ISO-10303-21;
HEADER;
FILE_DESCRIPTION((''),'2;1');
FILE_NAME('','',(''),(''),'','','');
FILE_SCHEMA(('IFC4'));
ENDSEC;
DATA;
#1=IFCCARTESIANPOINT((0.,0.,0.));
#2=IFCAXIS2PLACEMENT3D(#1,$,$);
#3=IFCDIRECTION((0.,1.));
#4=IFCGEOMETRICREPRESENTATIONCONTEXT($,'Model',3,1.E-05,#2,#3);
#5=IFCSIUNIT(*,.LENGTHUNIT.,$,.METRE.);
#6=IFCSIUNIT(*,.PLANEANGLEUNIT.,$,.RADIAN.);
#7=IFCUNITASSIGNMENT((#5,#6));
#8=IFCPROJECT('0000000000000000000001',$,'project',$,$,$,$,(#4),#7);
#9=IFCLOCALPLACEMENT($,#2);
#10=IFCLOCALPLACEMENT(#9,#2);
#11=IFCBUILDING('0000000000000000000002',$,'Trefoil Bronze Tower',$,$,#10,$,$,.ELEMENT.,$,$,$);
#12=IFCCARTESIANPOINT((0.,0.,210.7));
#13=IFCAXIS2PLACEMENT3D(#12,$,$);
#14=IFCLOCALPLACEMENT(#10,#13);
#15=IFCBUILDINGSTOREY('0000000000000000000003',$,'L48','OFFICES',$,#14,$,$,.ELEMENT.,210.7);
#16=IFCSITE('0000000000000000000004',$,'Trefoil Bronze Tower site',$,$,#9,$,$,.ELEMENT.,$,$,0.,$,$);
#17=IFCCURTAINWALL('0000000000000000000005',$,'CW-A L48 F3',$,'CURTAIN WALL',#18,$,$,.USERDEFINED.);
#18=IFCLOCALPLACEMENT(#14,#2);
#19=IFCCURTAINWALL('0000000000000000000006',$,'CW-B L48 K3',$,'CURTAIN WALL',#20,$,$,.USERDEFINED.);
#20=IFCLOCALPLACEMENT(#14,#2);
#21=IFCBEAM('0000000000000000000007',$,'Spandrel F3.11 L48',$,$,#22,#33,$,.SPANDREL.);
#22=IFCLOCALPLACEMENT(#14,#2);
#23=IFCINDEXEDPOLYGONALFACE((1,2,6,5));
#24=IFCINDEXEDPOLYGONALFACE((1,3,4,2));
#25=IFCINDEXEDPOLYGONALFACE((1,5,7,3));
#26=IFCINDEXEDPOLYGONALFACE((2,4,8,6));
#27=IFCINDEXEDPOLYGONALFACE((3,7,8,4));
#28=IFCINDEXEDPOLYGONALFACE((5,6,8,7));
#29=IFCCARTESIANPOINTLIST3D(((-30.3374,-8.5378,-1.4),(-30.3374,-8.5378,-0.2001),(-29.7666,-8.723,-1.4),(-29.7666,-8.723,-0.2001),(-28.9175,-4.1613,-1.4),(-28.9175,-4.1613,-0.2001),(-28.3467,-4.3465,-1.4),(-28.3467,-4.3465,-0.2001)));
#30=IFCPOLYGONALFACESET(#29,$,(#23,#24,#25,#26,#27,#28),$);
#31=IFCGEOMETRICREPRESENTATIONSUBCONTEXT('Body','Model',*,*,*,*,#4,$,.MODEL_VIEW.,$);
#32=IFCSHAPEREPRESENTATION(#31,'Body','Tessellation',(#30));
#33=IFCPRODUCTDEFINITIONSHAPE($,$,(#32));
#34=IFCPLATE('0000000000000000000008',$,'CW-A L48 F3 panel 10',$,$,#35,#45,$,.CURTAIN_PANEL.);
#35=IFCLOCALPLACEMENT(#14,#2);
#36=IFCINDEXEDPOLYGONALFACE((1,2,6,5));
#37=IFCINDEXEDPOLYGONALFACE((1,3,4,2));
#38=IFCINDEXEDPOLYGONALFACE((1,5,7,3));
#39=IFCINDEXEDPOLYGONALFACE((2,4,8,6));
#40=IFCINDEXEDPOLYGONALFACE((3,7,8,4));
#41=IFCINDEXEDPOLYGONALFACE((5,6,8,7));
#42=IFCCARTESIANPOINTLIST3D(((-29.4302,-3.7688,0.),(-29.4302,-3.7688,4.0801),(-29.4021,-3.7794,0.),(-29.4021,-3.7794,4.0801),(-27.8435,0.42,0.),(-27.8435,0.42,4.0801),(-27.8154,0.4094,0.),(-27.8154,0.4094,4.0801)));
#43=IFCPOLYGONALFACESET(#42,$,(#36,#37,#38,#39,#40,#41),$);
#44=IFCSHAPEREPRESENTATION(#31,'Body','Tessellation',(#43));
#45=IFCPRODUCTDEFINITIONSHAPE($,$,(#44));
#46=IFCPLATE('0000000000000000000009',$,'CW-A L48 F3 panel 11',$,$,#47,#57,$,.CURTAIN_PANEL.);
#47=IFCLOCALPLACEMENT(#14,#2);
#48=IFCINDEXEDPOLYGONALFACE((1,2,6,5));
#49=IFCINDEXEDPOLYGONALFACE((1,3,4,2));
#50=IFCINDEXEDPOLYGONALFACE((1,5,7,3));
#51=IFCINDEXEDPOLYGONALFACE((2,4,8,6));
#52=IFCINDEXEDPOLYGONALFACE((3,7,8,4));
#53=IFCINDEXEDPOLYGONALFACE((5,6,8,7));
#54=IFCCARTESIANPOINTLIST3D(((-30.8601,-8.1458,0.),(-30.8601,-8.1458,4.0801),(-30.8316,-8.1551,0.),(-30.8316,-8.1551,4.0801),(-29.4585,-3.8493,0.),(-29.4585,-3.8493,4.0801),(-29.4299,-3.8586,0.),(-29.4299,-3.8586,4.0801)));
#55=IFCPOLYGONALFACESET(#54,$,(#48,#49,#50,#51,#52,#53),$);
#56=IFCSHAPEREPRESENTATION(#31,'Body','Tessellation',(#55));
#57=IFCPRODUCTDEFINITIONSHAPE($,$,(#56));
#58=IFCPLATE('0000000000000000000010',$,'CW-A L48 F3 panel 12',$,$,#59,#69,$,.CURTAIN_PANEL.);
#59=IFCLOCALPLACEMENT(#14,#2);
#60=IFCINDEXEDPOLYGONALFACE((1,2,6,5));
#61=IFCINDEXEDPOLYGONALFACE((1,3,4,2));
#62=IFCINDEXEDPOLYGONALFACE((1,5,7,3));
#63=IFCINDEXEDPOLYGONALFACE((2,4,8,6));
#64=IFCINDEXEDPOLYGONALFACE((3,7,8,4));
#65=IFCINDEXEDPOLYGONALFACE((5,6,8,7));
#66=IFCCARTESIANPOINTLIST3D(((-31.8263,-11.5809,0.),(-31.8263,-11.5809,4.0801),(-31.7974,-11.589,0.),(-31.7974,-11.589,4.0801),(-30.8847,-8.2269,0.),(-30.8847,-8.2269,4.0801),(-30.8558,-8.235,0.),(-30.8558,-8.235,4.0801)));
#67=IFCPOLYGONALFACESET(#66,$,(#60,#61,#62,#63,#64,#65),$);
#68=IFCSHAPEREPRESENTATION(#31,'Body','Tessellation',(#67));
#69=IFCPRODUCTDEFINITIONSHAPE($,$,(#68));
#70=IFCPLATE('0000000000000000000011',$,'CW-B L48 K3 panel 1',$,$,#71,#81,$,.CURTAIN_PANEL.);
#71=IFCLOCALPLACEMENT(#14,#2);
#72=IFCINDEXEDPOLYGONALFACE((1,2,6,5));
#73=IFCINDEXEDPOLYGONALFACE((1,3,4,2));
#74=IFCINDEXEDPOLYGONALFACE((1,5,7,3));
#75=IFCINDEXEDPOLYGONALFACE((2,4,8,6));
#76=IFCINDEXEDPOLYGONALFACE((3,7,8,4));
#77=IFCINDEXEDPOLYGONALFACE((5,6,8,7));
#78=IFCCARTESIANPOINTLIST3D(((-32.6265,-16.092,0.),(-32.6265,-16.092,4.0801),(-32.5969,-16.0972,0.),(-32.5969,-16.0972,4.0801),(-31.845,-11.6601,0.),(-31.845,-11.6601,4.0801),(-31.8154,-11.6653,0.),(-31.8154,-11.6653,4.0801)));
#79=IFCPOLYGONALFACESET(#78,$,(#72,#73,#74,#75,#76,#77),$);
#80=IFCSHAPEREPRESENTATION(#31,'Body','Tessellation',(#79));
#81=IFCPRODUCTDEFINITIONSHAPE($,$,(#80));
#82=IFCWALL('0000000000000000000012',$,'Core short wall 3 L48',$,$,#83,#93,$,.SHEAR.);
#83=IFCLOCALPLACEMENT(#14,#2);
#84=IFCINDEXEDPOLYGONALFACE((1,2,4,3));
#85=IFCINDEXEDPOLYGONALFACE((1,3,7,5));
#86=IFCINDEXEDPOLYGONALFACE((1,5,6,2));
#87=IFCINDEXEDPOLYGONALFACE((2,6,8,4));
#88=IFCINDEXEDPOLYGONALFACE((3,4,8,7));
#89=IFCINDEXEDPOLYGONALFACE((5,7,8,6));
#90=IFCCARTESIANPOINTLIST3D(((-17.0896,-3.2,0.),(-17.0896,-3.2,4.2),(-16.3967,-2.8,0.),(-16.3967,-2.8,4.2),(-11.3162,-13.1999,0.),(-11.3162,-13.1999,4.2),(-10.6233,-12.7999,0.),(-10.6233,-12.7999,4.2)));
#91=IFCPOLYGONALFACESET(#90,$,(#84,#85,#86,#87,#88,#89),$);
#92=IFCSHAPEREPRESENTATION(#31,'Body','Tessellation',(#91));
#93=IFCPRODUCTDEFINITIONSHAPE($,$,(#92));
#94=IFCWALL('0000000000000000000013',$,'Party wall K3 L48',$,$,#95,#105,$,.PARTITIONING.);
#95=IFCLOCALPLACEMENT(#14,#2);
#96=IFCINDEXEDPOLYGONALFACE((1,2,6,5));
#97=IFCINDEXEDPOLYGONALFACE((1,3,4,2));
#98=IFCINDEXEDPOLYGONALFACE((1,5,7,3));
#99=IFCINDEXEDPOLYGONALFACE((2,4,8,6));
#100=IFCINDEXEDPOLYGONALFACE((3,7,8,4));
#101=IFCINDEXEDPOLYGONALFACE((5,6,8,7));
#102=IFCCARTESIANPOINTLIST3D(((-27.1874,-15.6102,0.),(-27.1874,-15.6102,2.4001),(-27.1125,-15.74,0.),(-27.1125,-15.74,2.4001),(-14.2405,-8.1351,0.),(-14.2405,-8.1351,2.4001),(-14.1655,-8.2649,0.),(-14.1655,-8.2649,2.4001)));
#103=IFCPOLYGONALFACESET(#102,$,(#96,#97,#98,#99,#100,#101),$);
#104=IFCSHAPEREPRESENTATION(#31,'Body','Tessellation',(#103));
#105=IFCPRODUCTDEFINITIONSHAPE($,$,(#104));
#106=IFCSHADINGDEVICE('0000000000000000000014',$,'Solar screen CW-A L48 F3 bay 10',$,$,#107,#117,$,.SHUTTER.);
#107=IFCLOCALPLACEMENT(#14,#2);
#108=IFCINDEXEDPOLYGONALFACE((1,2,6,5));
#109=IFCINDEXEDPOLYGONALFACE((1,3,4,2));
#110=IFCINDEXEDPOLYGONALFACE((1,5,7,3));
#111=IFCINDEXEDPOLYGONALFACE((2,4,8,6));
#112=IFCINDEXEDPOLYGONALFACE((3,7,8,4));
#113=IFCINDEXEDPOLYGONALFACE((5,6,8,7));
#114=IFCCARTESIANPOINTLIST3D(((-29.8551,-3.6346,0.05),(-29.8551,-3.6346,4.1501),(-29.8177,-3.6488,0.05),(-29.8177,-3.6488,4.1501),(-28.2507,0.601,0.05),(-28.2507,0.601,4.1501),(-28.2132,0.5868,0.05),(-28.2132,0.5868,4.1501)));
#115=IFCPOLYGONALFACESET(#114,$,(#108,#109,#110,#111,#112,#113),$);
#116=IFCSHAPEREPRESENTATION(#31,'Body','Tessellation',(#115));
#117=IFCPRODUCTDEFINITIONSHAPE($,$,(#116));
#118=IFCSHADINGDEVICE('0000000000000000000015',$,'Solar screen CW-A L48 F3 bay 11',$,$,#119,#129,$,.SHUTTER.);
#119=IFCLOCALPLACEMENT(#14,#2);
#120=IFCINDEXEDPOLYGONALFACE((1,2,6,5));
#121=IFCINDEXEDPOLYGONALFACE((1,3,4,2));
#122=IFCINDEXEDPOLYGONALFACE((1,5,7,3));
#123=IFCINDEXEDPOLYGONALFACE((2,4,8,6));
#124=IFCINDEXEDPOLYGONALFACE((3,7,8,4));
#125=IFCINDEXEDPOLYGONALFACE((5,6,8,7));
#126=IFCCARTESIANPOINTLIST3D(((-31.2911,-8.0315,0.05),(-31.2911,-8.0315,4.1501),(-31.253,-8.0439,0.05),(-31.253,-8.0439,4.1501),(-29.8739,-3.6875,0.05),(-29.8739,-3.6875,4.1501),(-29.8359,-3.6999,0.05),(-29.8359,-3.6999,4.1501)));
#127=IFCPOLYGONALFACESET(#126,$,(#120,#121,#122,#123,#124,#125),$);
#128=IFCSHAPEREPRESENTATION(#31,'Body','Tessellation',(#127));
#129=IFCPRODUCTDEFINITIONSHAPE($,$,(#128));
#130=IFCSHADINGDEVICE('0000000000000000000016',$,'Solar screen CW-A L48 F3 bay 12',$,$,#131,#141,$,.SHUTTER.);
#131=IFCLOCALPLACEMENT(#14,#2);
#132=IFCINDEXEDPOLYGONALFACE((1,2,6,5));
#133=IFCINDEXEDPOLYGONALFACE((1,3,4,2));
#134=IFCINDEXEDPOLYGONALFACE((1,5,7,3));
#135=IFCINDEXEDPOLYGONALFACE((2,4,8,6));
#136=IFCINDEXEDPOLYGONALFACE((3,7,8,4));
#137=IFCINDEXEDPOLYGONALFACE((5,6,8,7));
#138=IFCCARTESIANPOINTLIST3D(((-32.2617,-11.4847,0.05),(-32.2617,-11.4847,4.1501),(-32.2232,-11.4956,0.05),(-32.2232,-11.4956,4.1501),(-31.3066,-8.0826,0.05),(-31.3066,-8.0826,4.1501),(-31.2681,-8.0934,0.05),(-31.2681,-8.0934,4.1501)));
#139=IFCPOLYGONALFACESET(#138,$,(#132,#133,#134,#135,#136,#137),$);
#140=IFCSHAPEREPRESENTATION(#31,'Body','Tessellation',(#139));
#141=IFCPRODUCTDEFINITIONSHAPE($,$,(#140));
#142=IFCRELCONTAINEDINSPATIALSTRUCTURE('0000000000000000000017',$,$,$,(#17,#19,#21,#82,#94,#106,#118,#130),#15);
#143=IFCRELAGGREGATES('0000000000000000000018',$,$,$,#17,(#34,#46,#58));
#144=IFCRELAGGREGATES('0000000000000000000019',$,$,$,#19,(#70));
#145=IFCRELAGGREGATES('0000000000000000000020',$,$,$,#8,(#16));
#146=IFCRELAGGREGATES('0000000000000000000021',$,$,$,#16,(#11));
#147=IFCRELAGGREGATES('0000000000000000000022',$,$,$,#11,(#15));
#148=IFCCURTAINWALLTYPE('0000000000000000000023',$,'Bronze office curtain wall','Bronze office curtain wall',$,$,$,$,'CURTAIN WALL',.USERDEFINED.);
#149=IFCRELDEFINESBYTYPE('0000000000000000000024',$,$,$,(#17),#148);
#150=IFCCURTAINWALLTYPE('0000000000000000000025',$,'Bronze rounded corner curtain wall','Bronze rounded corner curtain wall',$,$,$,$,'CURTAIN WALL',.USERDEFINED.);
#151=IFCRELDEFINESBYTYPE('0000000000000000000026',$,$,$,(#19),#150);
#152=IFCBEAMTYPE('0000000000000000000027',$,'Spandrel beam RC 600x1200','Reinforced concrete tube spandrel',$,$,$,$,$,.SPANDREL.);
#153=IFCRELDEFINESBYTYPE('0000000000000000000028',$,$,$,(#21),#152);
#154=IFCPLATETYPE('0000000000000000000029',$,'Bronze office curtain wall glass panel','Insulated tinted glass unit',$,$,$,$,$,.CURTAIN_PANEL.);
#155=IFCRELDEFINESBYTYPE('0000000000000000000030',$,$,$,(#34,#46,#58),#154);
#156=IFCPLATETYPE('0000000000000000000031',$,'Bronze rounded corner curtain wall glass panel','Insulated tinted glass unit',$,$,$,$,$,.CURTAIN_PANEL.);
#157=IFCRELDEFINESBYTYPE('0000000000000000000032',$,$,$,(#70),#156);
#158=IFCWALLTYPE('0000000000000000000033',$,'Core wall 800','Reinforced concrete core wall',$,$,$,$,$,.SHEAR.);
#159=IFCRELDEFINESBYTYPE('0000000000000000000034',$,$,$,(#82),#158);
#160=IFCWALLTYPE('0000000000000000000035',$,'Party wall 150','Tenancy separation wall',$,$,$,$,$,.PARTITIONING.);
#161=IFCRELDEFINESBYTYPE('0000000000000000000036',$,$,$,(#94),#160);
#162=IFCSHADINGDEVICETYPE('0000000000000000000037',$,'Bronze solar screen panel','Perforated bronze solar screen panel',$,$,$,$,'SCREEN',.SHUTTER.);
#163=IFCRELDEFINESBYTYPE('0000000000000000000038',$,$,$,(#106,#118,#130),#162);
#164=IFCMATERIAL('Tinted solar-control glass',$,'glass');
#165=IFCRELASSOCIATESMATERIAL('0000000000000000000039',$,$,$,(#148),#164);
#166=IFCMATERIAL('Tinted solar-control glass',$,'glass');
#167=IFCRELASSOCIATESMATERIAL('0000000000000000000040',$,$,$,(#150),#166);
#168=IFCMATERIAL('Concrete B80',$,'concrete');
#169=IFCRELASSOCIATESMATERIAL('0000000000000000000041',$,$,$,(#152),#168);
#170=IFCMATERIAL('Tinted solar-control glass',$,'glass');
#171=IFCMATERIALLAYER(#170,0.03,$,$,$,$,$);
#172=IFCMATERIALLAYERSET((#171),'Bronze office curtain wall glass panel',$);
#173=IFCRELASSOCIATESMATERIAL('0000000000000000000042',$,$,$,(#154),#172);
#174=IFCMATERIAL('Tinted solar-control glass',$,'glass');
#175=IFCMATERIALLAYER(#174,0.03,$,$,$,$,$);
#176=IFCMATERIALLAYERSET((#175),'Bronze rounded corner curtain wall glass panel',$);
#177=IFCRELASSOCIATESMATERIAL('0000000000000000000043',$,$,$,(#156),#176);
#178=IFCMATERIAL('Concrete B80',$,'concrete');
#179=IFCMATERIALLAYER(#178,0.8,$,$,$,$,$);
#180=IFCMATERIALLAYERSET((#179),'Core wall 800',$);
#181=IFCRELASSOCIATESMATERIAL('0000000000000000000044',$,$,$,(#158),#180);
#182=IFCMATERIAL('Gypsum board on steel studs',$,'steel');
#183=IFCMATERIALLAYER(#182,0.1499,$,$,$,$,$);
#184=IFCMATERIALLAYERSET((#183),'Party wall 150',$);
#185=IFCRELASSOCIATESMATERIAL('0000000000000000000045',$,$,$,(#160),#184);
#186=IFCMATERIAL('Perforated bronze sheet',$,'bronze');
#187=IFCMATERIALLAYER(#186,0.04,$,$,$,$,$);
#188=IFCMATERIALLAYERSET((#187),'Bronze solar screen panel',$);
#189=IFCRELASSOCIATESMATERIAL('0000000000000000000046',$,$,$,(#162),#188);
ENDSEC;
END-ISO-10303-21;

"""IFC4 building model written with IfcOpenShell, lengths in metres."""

from ifc_helpers import new_model, si_unit, direction, frame, frame_2d, origin, origin_2d, place, context, subcontext, project, spatial, rectangle, extrude, material, layer, layer_set, material_profile, profile_set, type_object, element, aggregate, save


model = new_model("IFC4")

# Units and contexts
model_context = context("Model", 3, precision=1e-05, world=origin(), true_north=direction((0.0, 1.0)))
body_context = subcontext(model_context, "Body", "Model", "MODEL_VIEW")
ifc_project = project(units=[si_unit("LENGTHUNIT", "METRE"), si_unit("PLANEANGLEUNIT", "RADIAN")], contexts=[model_context])

# Site, building, storey
site_placement = place(None, origin())
site = spatial("IfcSite", under=ifc_project, at=site_placement, Name="Trefoil Bronze Tower site", CompositionType="ELEMENT", RefElevation=0.0)
building_placement = place(site_placement, origin())
building = spatial("IfcBuilding", under=site, at=building_placement, Name="Trefoil Bronze Tower", CompositionType="ELEMENT")
storey_placement = place(building_placement, frame((0.0, 0.0, 210.7)))
storey = spatial("IfcBuildingStorey", under=building, at=storey_placement, Name="L48", Description="OFFICES", CompositionType="ELEMENT", Elevation=210.7)

# Curtain walls
ifc_material_1 = material(Name="Tinted solar-control glass", Category="glass")
curtain_wall_type_1 = type_object("IfcCurtainWallType", Name="Bronze office curtain wall", Description="Bronze office curtain wall", ElementType="CURTAIN WALL", PredefinedType="USERDEFINED", material=ifc_material_1)
curtain_wall_1_placement = place(storey_placement, origin())
curtain_wall_1 = element("IfcCurtainWall", 1, at=curtain_wall_1_placement, inside=storey, type_object=curtain_wall_type_1, Name="CW-A L48 F3", ObjectType="CURTAIN WALL", PredefinedType="USERDEFINED")
ifc_material_2 = material(Name="Tinted solar-control glass", Category="glass")
curtain_wall_type_2 = type_object("IfcCurtainWallType", Name="Bronze rounded corner curtain wall", Description="Bronze rounded corner curtain wall", ElementType="CURTAIN WALL", PredefinedType="USERDEFINED", material=ifc_material_2)
curtain_wall_2_placement = place(storey_placement, origin())
curtain_wall_2 = element("IfcCurtainWall", 2, at=curtain_wall_2_placement, inside=storey, type_object=curtain_wall_type_2, Name="CW-B L48 K3", ObjectType="CURTAIN WALL", PredefinedType="USERDEFINED")

# Beam
ifc_material_3 = material(Name="Concrete B80", Category="concrete")
ifc_material_profile_1 = material_profile(ifc_material_3, rectangle(XDim=0.6001, YDim=1.2, at=origin_2d()), Name="RC 600x1200")
ifc_profile_set_1 = profile_set([ifc_material_profile_1], Name="Concrete B80")
beam_type_1 = type_object("IfcBeamType", Name="Spandrel beam RC 600x1200", Description="Reinforced concrete tube spandrel", PredefinedType="SPANDREL", material=ifc_profile_set_1)
beam_1_placement = place(storey_placement, frame((-28.6321, -4.2539, -0.8), z_axis=(-0.308609, -0.951189, 0.0), x_axis=(0.951189, -0.308609, 0.0)))
element("IfcBeam", 3, at=beam_1_placement, inside=storey, type_object=beam_type_1, Name="Spandrel F3.11 L48", PredefinedType="SPANDREL", context=body_context, shape_type="SweptSolid", body=[
    extrude(rectangle(XDim=0.6001, YDim=1.2, at=origin_2d()), origin(), (0.0, 0.0, 1.0), 4.6011),
])

# Plates
ifc_material_4 = material(Name="Tinted solar-control glass", Category="glass")
ifc_layer_1 = layer(ifc_material_4, 0.03)
ifc_layer_set_1 = layer_set([ifc_layer_1], Name="Bronze office curtain wall glass panel")
plate_type_1 = type_object("IfcPlateType", Name="Bronze office curtain wall glass panel", Description="Insulated tinted glass unit", PredefinedType="CURTAIN_PANEL", material=ifc_layer_set_1)
plate_1_placement = place(storey_placement, frame((-28.6228, -1.6797, 0.0), z_axis=(0.0, 0.0, 1.0), x_axis=(-0.354234, -0.935157, 0.0)))
plate_1 = element("IfcPlate", 4, at=plate_1_placement, type_object=plate_type_1, Name="CW-A L48 F3 panel 10", PredefinedType="CURTAIN_PANEL", context=body_context, shape_type="SweptSolid", body=[
    extrude(rectangle(XDim=4.4792, YDim=0.03, at=origin_2d()), origin(), (0.0, 0.0, 1.0), 4.0801),
])
plate_2_placement = place(storey_placement, frame((-30.145, -6.0022, 0.0), z_axis=(0.0, 0.0, 1.0), x_axis=(-0.310149, -0.950688, 0.0)))
plate_2 = element("IfcPlate", 5, at=plate_2_placement, type_object=plate_type_1, Name="CW-A L48 F3 panel 11", PredefinedType="CURTAIN_PANEL", context=body_context, shape_type="SweptSolid", body=[
    extrude(rectangle(XDim=4.5193, YDim=0.03, at=origin_2d()), origin(), (0.0, 0.0, 1.0), 4.0801),
])
plate_3_placement = place(storey_placement, frame((-31.3411, -9.908, 0.0), z_axis=(0.0, 0.0, 1.0), x_axis=(-0.270282, -0.962781, 0.0)))
plate_3 = element("IfcPlate", 6, at=plate_3_placement, type_object=plate_type_1, Name="CW-A L48 F3 panel 12", PredefinedType="CURTAIN_PANEL", context=body_context, shape_type="SweptSolid", body=[
    extrude(rectangle(XDim=3.4836, YDim=0.03, at=origin_2d()), origin(), (0.0, 0.0, 1.0), 4.0801),
])
aggregate(curtain_wall_1, [plate_1, plate_2, plate_3])
ifc_material_5 = material(Name="Tinted solar-control glass", Category="glass")
ifc_layer_2 = layer(ifc_material_5, 0.03)
ifc_layer_set_2 = layer_set([ifc_layer_2], Name="Bronze rounded corner curtain wall glass panel")
plate_type_2 = type_object("IfcPlateType", Name="Bronze rounded corner curtain wall glass panel", Description="Insulated tinted glass unit", PredefinedType="CURTAIN_PANEL", material=ifc_layer_set_2)
plate_4_placement = place(storey_placement, frame((-32.2209, -13.8787, 0.0), z_axis=(0.0, 0.0, 1.0), x_axis=(-0.173648, -0.984808, 0.0)))
plate_4 = element("IfcPlate", 7, at=plate_4_placement, type_object=plate_type_2, Name="CW-B L48 K3 panel 1", PredefinedType="CURTAIN_PANEL", context=body_context, shape_type="SweptSolid", body=[
    extrude(rectangle(XDim=4.5002, YDim=0.03, at=origin_2d()), origin(), (0.0, 0.0, 1.0), 4.0801),
])
aggregate(curtain_wall_2, [plate_4])

# Walls
ifc_material_6 = material(Name="Concrete B80", Category="concrete")
ifc_layer_3 = layer(ifc_material_6, 0.8)
ifc_layer_set_3 = layer_set([ifc_layer_3], Name="Core wall 800")
wall_type_1 = type_object("IfcWallType", Name="Core wall 800", Description="Reinforced concrete core wall", PredefinedType="SHEAR", material=ifc_layer_set_3)
wall_1_placement = place(storey_placement, frame((-16.7432, -3.0, 0.0), z_axis=(0.0, 0.0, 1.0), x_axis=(0.499996, -0.866028, 0.0)))
element("IfcWall", 8, at=wall_1_placement, inside=storey, type_object=wall_type_1, Name="Core short wall 3 L48", PredefinedType="SHEAR", context=body_context, shape_type="SweptSolid", body=[
    extrude(rectangle(XDim=11.5469, YDim=0.8, at=frame_2d((5.7734, 0.0))), origin(), (0.0, 0.0, 1.0), 4.2),
])
ifc_material_7 = material(Name="Gypsum board on steel studs", Category="steel")
ifc_layer_4 = layer(ifc_material_7, 0.1499)
ifc_layer_set_4 = layer_set([ifc_layer_4], Name="Party wall 150")
wall_type_2 = type_object("IfcWallType", Name="Party wall 150", Description="Tenancy separation wall", PredefinedType="PARTITIONING", material=ifc_layer_set_4)
wall_2_placement = place(storey_placement, frame((-14.2029, -8.2, 0.0), z_axis=(0.0, 0.0, 1.0), x_axis=(-0.866022, -0.500007, 0.0)))
element("IfcWall", 9, at=wall_2_placement, inside=storey, type_object=wall_type_2, Name="Party wall K3 L48", PredefinedType="PARTITIONING", context=body_context, shape_type="SweptSolid", body=[
    extrude(rectangle(XDim=14.95, YDim=0.1499, at=frame_2d((7.4751, 0.0))), origin(), (0.0, 0.0, 1.0), 2.4001),
])

# Shading devices
ifc_material_8 = material(Name="Perforated bronze sheet", Category="bronze")
ifc_layer_5 = layer(ifc_material_8, 0.04)
ifc_layer_set_5 = layer_set([ifc_layer_5], Name="Bronze solar screen panel")
shading_device_type = type_object("IfcShadingDeviceType", Name="Bronze solar screen panel", Description="Perforated bronze solar screen panel", ElementType="SCREEN", PredefinedType="SHUTTER", material=ifc_layer_set_5)
shading_device_1_placement = place(storey_placement, frame((-29.0342, -1.5239, 0.05), z_axis=(0.0, 0.0, 1.0), x_axis=(-0.354234, -0.935157, 0.0)))
element("IfcShadingDevice", 10, at=shading_device_1_placement, inside=storey, type_object=shading_device_type, Name="Solar screen CW-A L48 F3 bay 10", PredefinedType="SHUTTER", context=body_context, shape_type="SweptSolid", body=[
    extrude(rectangle(XDim=4.5293, YDim=0.04, at=origin_2d()), origin(), (0.0, 0.0, 1.0), 4.1001),
])
shading_device_2_placement = place(storey_placement, frame((-30.5635, -5.8657, 0.05), z_axis=(0.0, 0.0, 1.0), x_axis=(-0.310149, -0.950688, 0.0)))
element("IfcShadingDevice", 11, at=shading_device_2_placement, inside=storey, type_object=shading_device_type, Name="Solar screen CW-A L48 F3 bay 11", PredefinedType="SHUTTER", context=body_context, shape_type="SweptSolid", body=[
    extrude(rectangle(XDim=4.5693, YDim=0.04, at=origin_2d()), origin(), (0.0, 0.0, 1.0), 4.1001),
])
shading_device_3_placement = place(storey_placement, frame((-31.7649, -9.7891, 0.05), z_axis=(0.0, 0.0, 1.0), x_axis=(-0.270282, -0.962781, 0.0)))
element("IfcShadingDevice", 12, at=shading_device_3_placement, inside=storey, type_object=shading_device_type, Name="Solar screen CW-A L48 F3 bay 12", PredefinedType="SHUTTER", context=body_context, shape_type="SweptSolid", body=[
    extrude(rectangle(XDim=3.5337, YDim=0.04, at=origin_2d()), origin(), (0.0, 0.0, 1.0), 4.1001),
])

save(model, "model.ifc")
